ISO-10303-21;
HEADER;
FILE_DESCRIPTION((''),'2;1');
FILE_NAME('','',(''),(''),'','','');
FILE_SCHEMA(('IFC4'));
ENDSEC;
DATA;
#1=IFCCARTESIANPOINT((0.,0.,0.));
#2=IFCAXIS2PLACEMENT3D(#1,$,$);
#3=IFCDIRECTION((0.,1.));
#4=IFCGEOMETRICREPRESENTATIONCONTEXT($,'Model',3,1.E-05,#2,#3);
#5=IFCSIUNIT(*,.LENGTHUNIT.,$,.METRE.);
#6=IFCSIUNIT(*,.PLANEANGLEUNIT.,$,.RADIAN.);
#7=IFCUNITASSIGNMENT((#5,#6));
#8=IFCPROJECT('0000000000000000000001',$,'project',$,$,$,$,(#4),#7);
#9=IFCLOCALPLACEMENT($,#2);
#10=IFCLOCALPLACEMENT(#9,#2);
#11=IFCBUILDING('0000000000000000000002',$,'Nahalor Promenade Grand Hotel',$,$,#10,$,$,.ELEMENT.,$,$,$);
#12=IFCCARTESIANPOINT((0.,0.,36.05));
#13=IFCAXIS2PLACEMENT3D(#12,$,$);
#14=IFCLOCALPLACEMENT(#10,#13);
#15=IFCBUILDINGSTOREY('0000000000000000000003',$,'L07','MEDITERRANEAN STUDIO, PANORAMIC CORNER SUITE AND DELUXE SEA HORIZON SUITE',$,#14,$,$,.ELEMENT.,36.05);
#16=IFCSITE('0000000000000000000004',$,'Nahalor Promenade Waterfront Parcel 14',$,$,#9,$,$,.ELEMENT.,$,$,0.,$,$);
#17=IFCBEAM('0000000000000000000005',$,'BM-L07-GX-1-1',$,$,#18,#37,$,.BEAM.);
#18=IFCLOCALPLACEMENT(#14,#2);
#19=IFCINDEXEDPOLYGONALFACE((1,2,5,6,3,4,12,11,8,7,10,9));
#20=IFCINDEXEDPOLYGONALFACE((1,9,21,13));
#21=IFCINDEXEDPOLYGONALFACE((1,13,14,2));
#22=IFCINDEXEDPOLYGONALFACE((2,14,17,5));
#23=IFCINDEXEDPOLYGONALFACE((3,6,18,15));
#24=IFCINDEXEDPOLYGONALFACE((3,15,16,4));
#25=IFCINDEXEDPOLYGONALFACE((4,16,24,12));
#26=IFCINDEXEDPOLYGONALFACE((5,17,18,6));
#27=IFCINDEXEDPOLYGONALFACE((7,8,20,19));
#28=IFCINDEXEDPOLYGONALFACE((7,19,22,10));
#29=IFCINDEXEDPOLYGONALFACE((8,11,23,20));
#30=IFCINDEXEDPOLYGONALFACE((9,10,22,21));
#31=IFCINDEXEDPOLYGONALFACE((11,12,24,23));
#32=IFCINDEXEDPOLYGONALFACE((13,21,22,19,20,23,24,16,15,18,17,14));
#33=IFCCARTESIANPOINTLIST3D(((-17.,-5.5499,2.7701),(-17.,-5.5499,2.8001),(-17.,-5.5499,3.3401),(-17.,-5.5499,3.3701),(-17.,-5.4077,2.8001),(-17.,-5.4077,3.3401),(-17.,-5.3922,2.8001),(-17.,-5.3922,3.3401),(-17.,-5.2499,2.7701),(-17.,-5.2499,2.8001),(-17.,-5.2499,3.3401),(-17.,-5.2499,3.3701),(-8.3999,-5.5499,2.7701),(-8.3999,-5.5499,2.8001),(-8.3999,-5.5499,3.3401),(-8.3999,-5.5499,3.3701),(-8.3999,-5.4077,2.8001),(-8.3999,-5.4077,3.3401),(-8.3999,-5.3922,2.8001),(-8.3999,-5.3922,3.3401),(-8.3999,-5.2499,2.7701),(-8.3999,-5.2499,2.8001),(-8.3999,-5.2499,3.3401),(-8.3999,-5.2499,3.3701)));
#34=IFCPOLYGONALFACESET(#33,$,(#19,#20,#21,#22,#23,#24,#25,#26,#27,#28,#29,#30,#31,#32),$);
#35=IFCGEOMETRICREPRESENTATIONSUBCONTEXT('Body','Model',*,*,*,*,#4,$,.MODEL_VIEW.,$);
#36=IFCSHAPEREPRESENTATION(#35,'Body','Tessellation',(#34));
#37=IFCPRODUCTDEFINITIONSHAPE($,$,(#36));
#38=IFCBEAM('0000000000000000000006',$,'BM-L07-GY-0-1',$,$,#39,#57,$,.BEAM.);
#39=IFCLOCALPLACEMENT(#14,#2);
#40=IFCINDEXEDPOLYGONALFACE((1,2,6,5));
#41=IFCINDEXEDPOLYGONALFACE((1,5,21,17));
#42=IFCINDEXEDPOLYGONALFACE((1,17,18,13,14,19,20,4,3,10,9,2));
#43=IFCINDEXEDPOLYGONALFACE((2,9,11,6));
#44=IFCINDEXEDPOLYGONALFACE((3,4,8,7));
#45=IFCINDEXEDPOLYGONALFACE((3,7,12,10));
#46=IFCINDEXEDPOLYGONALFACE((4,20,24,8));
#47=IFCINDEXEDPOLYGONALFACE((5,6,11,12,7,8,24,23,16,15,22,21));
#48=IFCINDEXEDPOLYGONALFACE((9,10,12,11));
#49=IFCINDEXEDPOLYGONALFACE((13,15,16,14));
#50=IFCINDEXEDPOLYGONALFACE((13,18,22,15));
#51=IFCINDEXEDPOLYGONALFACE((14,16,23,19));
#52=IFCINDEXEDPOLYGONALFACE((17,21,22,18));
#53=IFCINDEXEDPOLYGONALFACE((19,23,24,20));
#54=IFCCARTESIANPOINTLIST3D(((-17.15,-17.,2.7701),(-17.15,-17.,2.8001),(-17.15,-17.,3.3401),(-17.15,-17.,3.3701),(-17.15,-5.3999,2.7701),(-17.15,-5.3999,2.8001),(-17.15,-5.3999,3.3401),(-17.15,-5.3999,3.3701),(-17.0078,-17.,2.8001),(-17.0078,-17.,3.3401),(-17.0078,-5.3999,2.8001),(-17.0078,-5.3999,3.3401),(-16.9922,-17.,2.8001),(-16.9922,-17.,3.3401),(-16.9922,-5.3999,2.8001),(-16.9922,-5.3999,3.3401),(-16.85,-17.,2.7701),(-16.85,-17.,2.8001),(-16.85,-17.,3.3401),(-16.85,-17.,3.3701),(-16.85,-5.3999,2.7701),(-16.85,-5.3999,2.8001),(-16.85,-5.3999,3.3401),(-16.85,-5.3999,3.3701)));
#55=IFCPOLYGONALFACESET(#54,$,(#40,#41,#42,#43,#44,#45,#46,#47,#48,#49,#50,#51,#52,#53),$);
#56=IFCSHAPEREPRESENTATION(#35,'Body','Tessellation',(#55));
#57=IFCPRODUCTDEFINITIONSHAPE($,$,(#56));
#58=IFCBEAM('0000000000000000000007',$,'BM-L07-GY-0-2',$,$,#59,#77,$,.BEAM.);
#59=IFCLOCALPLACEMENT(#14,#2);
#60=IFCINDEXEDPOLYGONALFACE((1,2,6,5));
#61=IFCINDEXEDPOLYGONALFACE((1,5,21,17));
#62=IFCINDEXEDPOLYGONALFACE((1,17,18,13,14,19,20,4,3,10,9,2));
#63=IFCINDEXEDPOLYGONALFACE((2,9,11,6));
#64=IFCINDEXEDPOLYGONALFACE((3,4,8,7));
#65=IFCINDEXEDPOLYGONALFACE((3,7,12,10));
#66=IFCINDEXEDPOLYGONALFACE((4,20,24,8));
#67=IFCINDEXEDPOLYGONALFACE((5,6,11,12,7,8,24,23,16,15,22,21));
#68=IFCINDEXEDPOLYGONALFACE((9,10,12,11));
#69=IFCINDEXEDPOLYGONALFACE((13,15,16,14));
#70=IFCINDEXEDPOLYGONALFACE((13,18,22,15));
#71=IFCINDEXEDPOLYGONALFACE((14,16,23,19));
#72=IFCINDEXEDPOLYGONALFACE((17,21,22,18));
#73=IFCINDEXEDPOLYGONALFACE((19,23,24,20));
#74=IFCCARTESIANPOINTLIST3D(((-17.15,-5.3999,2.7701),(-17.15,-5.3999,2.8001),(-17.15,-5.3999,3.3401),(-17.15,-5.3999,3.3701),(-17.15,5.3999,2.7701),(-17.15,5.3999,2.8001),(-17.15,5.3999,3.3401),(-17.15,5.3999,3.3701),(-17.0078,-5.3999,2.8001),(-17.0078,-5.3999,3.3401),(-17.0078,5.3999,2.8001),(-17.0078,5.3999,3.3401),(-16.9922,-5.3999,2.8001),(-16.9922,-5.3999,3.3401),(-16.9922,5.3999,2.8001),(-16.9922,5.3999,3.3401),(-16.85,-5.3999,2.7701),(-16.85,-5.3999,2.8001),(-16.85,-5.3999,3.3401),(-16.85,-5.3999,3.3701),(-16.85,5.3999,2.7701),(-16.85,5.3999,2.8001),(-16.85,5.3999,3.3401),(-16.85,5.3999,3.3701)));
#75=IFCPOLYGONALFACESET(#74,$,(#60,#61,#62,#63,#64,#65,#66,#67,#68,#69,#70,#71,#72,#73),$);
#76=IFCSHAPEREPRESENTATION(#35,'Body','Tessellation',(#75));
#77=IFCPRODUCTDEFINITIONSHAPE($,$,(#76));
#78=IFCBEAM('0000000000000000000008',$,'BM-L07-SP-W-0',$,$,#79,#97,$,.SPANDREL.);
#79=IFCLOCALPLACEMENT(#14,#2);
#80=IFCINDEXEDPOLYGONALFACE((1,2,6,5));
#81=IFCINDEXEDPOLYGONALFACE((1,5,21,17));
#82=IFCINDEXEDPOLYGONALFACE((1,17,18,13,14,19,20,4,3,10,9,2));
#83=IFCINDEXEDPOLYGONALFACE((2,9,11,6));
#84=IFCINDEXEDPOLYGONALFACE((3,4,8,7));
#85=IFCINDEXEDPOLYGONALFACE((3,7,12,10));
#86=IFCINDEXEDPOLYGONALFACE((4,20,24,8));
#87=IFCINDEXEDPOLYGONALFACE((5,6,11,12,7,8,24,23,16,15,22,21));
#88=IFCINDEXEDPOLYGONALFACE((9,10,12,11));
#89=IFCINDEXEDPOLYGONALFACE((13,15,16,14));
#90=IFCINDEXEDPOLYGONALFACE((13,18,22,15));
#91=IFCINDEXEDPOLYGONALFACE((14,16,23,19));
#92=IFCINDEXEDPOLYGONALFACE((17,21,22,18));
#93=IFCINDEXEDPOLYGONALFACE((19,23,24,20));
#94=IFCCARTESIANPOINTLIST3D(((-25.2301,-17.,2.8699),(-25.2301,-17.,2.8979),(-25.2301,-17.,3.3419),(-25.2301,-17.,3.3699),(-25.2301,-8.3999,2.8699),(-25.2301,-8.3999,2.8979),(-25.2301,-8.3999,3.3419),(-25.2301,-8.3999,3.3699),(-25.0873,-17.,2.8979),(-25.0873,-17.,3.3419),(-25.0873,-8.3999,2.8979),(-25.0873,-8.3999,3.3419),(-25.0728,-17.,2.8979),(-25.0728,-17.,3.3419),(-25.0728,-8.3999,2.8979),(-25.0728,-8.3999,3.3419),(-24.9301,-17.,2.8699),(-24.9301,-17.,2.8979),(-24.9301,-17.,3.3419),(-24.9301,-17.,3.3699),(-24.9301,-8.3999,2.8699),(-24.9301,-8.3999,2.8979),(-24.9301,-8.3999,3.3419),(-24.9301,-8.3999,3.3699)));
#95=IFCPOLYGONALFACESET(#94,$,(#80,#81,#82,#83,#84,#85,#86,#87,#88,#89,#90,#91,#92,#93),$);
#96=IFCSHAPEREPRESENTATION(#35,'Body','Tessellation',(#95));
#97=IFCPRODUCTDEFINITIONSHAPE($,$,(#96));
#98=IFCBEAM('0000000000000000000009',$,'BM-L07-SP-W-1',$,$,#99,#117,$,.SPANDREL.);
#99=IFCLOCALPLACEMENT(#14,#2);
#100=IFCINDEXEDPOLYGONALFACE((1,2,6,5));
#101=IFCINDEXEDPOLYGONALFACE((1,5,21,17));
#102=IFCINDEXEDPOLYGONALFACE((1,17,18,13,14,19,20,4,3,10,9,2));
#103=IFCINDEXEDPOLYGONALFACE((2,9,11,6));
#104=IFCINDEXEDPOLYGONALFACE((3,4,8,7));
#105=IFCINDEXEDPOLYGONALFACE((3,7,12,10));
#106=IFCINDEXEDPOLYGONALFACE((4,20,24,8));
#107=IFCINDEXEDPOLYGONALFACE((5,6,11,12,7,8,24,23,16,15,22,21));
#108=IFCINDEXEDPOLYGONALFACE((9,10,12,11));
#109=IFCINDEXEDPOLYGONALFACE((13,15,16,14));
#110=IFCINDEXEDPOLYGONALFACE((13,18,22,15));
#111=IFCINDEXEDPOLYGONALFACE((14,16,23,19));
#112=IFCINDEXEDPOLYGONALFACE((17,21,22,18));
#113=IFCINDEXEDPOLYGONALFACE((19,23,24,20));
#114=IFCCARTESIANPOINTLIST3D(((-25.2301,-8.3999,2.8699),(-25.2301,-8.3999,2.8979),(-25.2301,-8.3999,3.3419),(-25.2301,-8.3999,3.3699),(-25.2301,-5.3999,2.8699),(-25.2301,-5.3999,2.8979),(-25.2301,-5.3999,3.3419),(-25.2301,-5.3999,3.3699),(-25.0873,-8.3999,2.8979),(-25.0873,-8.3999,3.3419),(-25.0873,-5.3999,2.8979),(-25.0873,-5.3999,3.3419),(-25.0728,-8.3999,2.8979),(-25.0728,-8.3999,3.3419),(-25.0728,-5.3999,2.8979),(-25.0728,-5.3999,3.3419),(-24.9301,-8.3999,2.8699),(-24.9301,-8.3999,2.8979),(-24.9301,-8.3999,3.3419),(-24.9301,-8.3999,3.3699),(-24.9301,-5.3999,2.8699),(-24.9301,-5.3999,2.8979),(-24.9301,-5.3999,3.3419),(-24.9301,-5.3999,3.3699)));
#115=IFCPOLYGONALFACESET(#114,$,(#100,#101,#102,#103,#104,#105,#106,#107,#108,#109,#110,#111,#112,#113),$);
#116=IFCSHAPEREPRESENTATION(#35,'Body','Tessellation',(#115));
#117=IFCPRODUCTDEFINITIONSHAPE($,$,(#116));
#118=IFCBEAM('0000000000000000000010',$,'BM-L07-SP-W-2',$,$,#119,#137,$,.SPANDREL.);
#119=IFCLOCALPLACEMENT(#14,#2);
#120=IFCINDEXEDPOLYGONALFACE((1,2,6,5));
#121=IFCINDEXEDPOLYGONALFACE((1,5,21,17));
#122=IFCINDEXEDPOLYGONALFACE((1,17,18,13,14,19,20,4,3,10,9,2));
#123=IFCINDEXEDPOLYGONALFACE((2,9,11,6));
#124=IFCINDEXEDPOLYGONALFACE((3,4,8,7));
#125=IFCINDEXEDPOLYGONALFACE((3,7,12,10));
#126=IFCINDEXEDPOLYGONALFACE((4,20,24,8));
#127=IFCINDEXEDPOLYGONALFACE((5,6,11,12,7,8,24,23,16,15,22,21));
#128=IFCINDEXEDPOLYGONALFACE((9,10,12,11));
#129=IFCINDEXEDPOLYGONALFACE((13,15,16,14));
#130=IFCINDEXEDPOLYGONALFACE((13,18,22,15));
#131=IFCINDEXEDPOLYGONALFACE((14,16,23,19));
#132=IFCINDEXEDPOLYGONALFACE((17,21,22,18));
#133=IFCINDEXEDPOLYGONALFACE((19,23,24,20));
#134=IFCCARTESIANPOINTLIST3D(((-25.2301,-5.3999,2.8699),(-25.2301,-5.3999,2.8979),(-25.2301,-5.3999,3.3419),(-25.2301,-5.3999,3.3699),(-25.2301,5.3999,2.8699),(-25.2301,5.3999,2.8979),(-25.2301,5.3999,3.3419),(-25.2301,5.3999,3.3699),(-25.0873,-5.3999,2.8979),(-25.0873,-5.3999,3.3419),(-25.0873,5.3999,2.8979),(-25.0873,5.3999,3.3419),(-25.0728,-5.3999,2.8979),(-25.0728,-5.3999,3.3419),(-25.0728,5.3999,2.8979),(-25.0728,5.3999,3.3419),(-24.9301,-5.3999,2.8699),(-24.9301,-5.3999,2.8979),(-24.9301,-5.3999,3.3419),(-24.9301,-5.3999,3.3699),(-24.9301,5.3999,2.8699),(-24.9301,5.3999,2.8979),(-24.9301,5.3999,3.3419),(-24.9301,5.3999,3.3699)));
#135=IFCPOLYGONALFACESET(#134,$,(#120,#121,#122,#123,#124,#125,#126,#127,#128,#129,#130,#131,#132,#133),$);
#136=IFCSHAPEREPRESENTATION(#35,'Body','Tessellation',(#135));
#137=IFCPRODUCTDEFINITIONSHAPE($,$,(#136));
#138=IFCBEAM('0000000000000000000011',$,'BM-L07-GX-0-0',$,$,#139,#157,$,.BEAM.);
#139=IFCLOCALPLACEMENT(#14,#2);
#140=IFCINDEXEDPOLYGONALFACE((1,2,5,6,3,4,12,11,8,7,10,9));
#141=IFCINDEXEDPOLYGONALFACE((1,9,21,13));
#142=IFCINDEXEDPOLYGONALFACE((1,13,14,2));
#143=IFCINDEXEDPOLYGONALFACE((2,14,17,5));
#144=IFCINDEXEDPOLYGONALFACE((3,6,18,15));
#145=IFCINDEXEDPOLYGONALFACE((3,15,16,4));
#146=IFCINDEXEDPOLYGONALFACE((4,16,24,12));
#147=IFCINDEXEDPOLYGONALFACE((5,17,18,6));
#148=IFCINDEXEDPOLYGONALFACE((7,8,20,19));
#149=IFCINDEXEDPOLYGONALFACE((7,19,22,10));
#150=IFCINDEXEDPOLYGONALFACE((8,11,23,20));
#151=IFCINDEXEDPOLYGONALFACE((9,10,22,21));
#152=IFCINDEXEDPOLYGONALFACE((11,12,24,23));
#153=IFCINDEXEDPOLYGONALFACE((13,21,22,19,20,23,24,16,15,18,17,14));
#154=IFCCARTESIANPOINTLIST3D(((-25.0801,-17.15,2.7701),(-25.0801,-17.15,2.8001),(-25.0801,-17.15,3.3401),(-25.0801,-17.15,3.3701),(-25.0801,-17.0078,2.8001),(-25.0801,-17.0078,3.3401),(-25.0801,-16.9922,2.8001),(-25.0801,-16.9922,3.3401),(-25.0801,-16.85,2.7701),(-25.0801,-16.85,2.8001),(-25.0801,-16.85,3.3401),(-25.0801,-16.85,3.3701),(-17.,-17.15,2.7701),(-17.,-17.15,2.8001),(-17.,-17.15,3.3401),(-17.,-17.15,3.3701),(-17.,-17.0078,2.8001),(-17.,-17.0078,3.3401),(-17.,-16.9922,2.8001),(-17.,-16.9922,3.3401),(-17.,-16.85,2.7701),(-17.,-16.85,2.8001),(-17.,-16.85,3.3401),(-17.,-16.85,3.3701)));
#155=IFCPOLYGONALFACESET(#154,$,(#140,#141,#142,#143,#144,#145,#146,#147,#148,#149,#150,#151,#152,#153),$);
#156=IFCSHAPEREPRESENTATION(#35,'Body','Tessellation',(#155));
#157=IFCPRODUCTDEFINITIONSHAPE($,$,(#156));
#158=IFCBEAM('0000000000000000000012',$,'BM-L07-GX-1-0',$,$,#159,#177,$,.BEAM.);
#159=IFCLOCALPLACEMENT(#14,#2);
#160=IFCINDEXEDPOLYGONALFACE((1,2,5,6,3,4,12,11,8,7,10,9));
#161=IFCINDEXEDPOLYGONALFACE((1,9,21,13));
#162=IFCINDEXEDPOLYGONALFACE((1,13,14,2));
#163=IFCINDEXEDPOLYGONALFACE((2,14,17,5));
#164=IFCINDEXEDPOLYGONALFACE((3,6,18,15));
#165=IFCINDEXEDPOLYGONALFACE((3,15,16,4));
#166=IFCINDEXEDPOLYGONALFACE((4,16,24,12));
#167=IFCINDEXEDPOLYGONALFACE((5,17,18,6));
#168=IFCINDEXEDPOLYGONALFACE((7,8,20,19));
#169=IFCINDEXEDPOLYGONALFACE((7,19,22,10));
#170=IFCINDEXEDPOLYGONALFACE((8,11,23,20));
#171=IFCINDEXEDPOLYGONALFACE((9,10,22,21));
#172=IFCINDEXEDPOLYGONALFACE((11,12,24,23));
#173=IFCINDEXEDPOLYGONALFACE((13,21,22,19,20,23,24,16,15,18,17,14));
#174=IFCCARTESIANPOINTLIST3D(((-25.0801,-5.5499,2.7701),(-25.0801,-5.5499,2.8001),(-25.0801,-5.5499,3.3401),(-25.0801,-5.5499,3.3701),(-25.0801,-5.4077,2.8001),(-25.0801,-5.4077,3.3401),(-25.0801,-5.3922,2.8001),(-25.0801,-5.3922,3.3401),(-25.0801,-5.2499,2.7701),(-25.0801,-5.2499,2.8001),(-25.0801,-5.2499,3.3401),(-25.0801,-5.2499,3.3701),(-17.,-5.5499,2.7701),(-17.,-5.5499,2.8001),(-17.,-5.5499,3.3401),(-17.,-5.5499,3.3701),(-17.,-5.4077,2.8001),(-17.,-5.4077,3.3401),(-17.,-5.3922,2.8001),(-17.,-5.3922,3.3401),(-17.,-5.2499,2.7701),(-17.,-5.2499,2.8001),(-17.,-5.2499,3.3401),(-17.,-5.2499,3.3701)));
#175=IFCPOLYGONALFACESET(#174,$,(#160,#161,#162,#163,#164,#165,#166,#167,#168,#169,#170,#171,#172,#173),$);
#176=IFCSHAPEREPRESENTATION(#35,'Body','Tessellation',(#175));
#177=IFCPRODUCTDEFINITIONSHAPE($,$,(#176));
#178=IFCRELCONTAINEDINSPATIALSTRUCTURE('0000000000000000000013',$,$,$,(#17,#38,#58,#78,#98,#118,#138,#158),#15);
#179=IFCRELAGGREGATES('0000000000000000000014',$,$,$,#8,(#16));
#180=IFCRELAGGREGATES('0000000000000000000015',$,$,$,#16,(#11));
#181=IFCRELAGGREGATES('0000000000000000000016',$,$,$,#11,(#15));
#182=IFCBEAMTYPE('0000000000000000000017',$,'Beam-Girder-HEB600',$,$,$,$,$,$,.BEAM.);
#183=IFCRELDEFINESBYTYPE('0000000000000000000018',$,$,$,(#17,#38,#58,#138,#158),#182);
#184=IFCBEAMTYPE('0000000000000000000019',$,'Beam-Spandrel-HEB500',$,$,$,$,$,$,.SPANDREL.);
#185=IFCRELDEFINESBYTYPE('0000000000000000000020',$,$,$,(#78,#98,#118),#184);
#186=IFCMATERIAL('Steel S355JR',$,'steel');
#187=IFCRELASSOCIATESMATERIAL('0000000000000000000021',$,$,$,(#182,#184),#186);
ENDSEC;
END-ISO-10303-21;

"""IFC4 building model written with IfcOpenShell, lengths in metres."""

from ifc_helpers import new_model, si_unit, direction, frame, origin, origin_2d, place, context, subcontext, project, spatial, i_section, extrude, source, transform, mapped, material, material_profile, profile_set, type_object, element, save


model = new_model("IFC4")

# Units and contexts
model_context = context("Model", 3, precision=1e-05, world=origin(), true_north=direction((0.0, 1.0)))
body_context = subcontext(model_context, "Body", "Model", "MODEL_VIEW")
ifc_project = project(units=[si_unit("LENGTHUNIT", "METRE"), si_unit("PLANEANGLEUNIT", "RADIAN")], contexts=[model_context])

# Site, building, storey
site_placement = place(None, origin())
site = spatial("IfcSite", under=ifc_project, at=site_placement, Name="Nahalor Promenade Waterfront Parcel 14", CompositionType="ELEMENT", RefElevation=0.0)
building_placement = place(site_placement, origin())
building = spatial("IfcBuilding", under=site, at=building_placement, Name="Nahalor Promenade Grand Hotel", CompositionType="ELEMENT")
storey_placement = place(building_placement, frame((0.0, 0.0, 36.05)))
storey = spatial("IfcBuildingStorey", under=building, at=storey_placement, Name="L07", Description="MEDITERRANEAN STUDIO, PANORAMIC CORNER SUITE AND DELUXE SEA HORIZON SUITE", CompositionType="ELEMENT", Elevation=36.05)

# Beams
ifc_material_1 = material(Name="Steel S355JR", Category="steel")
ifc_material_profile_1 = material_profile(ifc_material_1, i_section(OverallWidth=0.3, OverallDepth=0.6, WebThickness=0.0155, FlangeThickness=0.03, at=origin_2d()), Name="HEB 600")
ifc_profile_set_1 = profile_set([ifc_material_profile_1], Name="Steel S355JR")
beam_type_1 = type_object("IfcBeamType", Name="Beam-Girder-HEB600", PredefinedType="BEAM", material=ifc_profile_set_1)
shared_shape_1 = source(origin(), body_context, "Body", "SweptSolid", [
    extrude(i_section(OverallWidth=0.3, OverallDepth=0.6, WebThickness=0.0155, FlangeThickness=0.03, at=origin_2d()), origin(), (0.0, 0.0, 1.0), 8.6001),
])
for number, where, z_axis, x_axis, name in (
    (1, (-17.0, -5.3999, 3.0701), (1.0, 0.0, 0.0), (0.0, 1.0, 0.0), "BM-L07-GX-1-1"),
):
    element("IfcBeam", number, at=place(storey_placement, frame(where, z_axis=z_axis, x_axis=x_axis)), inside=storey, type_object=beam_type_1, Name=name, PredefinedType="BEAM", context=body_context, shape_type="MappedRepresentation", body=[
        mapped(shared_shape_1, transform((0.0, 0.0, 0.0), scale=1.0)),
    ])
shared_shape_2 = source(origin(), body_context, "Body", "SweptSolid", [
    extrude(i_section(OverallWidth=0.3, OverallDepth=0.6, WebThickness=0.0155, FlangeThickness=0.03, at=origin_2d()), origin(), (0.0, 0.0, 1.0), 11.6001),
])
beam_1_placement = place(storey_placement, frame((-17.0, -17.0, 3.0701), z_axis=(0.0, 1.0, 0.0), x_axis=(-1.0, 0.0, 0.0)))
element("IfcBeam", 2, at=beam_1_placement, inside=storey, type_object=beam_type_1, Name="BM-L07-GY-0-1", PredefinedType="BEAM", context=body_context, shape_type="MappedRepresentation", body=[
    mapped(shared_shape_2, transform((0.0, 0.0, 0.0), scale=1.0)),
])
shared_shape_3 = source(origin(), body_context, "Body", "SweptSolid", [
    extrude(i_section(OverallWidth=0.3, OverallDepth=0.6, WebThickness=0.0155, FlangeThickness=0.03, at=origin_2d()), origin(), (0.0, 0.0, 1.0), 10.7998),
])
beam_2_placement = place(storey_placement, frame((-17.0, -5.3999, 3.0701), z_axis=(0.0, 1.0, 0.0), x_axis=(-1.0, 0.0, 0.0)))
element("IfcBeam", 3, at=beam_2_placement, inside=storey, type_object=beam_type_1, Name="BM-L07-GY-0-2", PredefinedType="BEAM", context=body_context, shape_type="MappedRepresentation", body=[
    mapped(shared_shape_3, transform((0.0, 0.0, 0.0), scale=1.0)),
])
ifc_material_profile_2 = material_profile(ifc_material_1, i_section(OverallWidth=0.3, OverallDepth=0.5, WebThickness=0.0145, FlangeThickness=0.028, at=origin_2d()), Name="HEB 500")
ifc_profile_set_2 = profile_set([ifc_material_profile_2], Name="Steel S355JR")
beam_type_2 = type_object("IfcBeamType", Name="Beam-Spandrel-HEB500", PredefinedType="SPANDREL", material=ifc_profile_set_2)
shared_shape_4 = source(origin(), body_context, "Body", "SweptSolid", [
    extrude(i_section(OverallWidth=0.3, OverallDepth=0.5, WebThickness=0.0145, FlangeThickness=0.028, at=origin_2d()), origin(), (0.0, 0.0, 1.0), 8.6001),
])
beam_3_placement = place(storey_placement, frame((-25.0801, -17.0, 3.1199), z_axis=(0.0, 1.0, 0.0), x_axis=(-1.0, 0.0, 0.0)))
element("IfcBeam", 4, at=beam_3_placement, inside=storey, type_object=beam_type_2, Name="BM-L07-SP-W-0", PredefinedType="SPANDREL", context=body_context, shape_type="MappedRepresentation", body=[
    mapped(shared_shape_4, transform((0.0, 0.0, 0.0), scale=1.0)),
])
shared_shape_5 = source(origin(), body_context, "Body", "SweptSolid", [
    extrude(i_section(OverallWidth=0.3, OverallDepth=0.5, WebThickness=0.0145, FlangeThickness=0.028, at=origin_2d()), origin(), (0.0, 0.0, 1.0), 3.0),
])
beam_4_placement = place(storey_placement, frame((-25.0801, -8.3999, 3.1199), z_axis=(0.0, 1.0, 0.0), x_axis=(-1.0, 0.0, 0.0)))
element("IfcBeam", 5, at=beam_4_placement, inside=storey, type_object=beam_type_2, Name="BM-L07-SP-W-1", PredefinedType="SPANDREL", context=body_context, shape_type="MappedRepresentation", body=[
    mapped(shared_shape_5, transform((0.0, 0.0, 0.0), scale=1.0)),
])
shared_shape_6 = source(origin(), body_context, "Body", "SweptSolid", [
    extrude(i_section(OverallWidth=0.3, OverallDepth=0.5, WebThickness=0.0145, FlangeThickness=0.028, at=origin_2d()), origin(), (0.0, 0.0, 1.0), 10.7998),
])
beam_5_placement = place(storey_placement, frame((-25.0801, -5.3999, 3.1199), z_axis=(0.0, 1.0, 0.0), x_axis=(-1.0, 0.0, 0.0)))
element("IfcBeam", 6, at=beam_5_placement, inside=storey, type_object=beam_type_2, Name="BM-L07-SP-W-2", PredefinedType="SPANDREL", context=body_context, shape_type="MappedRepresentation", body=[
    mapped(shared_shape_6, transform((0.0, 0.0, 0.0), scale=1.0)),
])
shared_shape_7 = source(origin(), body_context, "Body", "SweptSolid", [
    extrude(i_section(OverallWidth=0.3, OverallDepth=0.6, WebThickness=0.0155, FlangeThickness=0.03, at=origin_2d()), origin(), (0.0, 0.0, 1.0), 8.0801),
])
for number, where, z_axis, x_axis, name in (
    (7, (-25.0801, -17.0, 3.0701), (1.0, 0.0, 0.0), (0.0, 1.0, 0.0), "BM-L07-GX-0-0"),
    (8, (-25.0801, -5.3999, 3.0701), (1.0, 0.0, 0.0), (0.0, 1.0, 0.0), "BM-L07-GX-1-0"),
):
    element("IfcBeam", number, at=place(storey_placement, frame(where, z_axis=z_axis, x_axis=x_axis)), inside=storey, type_object=beam_type_1, Name=name, PredefinedType="BEAM", context=body_context, shape_type="MappedRepresentation", body=[
        mapped(shared_shape_7, transform((0.0, 0.0, 0.0), scale=1.0)),
    ])

save(model, "model.ifc")
